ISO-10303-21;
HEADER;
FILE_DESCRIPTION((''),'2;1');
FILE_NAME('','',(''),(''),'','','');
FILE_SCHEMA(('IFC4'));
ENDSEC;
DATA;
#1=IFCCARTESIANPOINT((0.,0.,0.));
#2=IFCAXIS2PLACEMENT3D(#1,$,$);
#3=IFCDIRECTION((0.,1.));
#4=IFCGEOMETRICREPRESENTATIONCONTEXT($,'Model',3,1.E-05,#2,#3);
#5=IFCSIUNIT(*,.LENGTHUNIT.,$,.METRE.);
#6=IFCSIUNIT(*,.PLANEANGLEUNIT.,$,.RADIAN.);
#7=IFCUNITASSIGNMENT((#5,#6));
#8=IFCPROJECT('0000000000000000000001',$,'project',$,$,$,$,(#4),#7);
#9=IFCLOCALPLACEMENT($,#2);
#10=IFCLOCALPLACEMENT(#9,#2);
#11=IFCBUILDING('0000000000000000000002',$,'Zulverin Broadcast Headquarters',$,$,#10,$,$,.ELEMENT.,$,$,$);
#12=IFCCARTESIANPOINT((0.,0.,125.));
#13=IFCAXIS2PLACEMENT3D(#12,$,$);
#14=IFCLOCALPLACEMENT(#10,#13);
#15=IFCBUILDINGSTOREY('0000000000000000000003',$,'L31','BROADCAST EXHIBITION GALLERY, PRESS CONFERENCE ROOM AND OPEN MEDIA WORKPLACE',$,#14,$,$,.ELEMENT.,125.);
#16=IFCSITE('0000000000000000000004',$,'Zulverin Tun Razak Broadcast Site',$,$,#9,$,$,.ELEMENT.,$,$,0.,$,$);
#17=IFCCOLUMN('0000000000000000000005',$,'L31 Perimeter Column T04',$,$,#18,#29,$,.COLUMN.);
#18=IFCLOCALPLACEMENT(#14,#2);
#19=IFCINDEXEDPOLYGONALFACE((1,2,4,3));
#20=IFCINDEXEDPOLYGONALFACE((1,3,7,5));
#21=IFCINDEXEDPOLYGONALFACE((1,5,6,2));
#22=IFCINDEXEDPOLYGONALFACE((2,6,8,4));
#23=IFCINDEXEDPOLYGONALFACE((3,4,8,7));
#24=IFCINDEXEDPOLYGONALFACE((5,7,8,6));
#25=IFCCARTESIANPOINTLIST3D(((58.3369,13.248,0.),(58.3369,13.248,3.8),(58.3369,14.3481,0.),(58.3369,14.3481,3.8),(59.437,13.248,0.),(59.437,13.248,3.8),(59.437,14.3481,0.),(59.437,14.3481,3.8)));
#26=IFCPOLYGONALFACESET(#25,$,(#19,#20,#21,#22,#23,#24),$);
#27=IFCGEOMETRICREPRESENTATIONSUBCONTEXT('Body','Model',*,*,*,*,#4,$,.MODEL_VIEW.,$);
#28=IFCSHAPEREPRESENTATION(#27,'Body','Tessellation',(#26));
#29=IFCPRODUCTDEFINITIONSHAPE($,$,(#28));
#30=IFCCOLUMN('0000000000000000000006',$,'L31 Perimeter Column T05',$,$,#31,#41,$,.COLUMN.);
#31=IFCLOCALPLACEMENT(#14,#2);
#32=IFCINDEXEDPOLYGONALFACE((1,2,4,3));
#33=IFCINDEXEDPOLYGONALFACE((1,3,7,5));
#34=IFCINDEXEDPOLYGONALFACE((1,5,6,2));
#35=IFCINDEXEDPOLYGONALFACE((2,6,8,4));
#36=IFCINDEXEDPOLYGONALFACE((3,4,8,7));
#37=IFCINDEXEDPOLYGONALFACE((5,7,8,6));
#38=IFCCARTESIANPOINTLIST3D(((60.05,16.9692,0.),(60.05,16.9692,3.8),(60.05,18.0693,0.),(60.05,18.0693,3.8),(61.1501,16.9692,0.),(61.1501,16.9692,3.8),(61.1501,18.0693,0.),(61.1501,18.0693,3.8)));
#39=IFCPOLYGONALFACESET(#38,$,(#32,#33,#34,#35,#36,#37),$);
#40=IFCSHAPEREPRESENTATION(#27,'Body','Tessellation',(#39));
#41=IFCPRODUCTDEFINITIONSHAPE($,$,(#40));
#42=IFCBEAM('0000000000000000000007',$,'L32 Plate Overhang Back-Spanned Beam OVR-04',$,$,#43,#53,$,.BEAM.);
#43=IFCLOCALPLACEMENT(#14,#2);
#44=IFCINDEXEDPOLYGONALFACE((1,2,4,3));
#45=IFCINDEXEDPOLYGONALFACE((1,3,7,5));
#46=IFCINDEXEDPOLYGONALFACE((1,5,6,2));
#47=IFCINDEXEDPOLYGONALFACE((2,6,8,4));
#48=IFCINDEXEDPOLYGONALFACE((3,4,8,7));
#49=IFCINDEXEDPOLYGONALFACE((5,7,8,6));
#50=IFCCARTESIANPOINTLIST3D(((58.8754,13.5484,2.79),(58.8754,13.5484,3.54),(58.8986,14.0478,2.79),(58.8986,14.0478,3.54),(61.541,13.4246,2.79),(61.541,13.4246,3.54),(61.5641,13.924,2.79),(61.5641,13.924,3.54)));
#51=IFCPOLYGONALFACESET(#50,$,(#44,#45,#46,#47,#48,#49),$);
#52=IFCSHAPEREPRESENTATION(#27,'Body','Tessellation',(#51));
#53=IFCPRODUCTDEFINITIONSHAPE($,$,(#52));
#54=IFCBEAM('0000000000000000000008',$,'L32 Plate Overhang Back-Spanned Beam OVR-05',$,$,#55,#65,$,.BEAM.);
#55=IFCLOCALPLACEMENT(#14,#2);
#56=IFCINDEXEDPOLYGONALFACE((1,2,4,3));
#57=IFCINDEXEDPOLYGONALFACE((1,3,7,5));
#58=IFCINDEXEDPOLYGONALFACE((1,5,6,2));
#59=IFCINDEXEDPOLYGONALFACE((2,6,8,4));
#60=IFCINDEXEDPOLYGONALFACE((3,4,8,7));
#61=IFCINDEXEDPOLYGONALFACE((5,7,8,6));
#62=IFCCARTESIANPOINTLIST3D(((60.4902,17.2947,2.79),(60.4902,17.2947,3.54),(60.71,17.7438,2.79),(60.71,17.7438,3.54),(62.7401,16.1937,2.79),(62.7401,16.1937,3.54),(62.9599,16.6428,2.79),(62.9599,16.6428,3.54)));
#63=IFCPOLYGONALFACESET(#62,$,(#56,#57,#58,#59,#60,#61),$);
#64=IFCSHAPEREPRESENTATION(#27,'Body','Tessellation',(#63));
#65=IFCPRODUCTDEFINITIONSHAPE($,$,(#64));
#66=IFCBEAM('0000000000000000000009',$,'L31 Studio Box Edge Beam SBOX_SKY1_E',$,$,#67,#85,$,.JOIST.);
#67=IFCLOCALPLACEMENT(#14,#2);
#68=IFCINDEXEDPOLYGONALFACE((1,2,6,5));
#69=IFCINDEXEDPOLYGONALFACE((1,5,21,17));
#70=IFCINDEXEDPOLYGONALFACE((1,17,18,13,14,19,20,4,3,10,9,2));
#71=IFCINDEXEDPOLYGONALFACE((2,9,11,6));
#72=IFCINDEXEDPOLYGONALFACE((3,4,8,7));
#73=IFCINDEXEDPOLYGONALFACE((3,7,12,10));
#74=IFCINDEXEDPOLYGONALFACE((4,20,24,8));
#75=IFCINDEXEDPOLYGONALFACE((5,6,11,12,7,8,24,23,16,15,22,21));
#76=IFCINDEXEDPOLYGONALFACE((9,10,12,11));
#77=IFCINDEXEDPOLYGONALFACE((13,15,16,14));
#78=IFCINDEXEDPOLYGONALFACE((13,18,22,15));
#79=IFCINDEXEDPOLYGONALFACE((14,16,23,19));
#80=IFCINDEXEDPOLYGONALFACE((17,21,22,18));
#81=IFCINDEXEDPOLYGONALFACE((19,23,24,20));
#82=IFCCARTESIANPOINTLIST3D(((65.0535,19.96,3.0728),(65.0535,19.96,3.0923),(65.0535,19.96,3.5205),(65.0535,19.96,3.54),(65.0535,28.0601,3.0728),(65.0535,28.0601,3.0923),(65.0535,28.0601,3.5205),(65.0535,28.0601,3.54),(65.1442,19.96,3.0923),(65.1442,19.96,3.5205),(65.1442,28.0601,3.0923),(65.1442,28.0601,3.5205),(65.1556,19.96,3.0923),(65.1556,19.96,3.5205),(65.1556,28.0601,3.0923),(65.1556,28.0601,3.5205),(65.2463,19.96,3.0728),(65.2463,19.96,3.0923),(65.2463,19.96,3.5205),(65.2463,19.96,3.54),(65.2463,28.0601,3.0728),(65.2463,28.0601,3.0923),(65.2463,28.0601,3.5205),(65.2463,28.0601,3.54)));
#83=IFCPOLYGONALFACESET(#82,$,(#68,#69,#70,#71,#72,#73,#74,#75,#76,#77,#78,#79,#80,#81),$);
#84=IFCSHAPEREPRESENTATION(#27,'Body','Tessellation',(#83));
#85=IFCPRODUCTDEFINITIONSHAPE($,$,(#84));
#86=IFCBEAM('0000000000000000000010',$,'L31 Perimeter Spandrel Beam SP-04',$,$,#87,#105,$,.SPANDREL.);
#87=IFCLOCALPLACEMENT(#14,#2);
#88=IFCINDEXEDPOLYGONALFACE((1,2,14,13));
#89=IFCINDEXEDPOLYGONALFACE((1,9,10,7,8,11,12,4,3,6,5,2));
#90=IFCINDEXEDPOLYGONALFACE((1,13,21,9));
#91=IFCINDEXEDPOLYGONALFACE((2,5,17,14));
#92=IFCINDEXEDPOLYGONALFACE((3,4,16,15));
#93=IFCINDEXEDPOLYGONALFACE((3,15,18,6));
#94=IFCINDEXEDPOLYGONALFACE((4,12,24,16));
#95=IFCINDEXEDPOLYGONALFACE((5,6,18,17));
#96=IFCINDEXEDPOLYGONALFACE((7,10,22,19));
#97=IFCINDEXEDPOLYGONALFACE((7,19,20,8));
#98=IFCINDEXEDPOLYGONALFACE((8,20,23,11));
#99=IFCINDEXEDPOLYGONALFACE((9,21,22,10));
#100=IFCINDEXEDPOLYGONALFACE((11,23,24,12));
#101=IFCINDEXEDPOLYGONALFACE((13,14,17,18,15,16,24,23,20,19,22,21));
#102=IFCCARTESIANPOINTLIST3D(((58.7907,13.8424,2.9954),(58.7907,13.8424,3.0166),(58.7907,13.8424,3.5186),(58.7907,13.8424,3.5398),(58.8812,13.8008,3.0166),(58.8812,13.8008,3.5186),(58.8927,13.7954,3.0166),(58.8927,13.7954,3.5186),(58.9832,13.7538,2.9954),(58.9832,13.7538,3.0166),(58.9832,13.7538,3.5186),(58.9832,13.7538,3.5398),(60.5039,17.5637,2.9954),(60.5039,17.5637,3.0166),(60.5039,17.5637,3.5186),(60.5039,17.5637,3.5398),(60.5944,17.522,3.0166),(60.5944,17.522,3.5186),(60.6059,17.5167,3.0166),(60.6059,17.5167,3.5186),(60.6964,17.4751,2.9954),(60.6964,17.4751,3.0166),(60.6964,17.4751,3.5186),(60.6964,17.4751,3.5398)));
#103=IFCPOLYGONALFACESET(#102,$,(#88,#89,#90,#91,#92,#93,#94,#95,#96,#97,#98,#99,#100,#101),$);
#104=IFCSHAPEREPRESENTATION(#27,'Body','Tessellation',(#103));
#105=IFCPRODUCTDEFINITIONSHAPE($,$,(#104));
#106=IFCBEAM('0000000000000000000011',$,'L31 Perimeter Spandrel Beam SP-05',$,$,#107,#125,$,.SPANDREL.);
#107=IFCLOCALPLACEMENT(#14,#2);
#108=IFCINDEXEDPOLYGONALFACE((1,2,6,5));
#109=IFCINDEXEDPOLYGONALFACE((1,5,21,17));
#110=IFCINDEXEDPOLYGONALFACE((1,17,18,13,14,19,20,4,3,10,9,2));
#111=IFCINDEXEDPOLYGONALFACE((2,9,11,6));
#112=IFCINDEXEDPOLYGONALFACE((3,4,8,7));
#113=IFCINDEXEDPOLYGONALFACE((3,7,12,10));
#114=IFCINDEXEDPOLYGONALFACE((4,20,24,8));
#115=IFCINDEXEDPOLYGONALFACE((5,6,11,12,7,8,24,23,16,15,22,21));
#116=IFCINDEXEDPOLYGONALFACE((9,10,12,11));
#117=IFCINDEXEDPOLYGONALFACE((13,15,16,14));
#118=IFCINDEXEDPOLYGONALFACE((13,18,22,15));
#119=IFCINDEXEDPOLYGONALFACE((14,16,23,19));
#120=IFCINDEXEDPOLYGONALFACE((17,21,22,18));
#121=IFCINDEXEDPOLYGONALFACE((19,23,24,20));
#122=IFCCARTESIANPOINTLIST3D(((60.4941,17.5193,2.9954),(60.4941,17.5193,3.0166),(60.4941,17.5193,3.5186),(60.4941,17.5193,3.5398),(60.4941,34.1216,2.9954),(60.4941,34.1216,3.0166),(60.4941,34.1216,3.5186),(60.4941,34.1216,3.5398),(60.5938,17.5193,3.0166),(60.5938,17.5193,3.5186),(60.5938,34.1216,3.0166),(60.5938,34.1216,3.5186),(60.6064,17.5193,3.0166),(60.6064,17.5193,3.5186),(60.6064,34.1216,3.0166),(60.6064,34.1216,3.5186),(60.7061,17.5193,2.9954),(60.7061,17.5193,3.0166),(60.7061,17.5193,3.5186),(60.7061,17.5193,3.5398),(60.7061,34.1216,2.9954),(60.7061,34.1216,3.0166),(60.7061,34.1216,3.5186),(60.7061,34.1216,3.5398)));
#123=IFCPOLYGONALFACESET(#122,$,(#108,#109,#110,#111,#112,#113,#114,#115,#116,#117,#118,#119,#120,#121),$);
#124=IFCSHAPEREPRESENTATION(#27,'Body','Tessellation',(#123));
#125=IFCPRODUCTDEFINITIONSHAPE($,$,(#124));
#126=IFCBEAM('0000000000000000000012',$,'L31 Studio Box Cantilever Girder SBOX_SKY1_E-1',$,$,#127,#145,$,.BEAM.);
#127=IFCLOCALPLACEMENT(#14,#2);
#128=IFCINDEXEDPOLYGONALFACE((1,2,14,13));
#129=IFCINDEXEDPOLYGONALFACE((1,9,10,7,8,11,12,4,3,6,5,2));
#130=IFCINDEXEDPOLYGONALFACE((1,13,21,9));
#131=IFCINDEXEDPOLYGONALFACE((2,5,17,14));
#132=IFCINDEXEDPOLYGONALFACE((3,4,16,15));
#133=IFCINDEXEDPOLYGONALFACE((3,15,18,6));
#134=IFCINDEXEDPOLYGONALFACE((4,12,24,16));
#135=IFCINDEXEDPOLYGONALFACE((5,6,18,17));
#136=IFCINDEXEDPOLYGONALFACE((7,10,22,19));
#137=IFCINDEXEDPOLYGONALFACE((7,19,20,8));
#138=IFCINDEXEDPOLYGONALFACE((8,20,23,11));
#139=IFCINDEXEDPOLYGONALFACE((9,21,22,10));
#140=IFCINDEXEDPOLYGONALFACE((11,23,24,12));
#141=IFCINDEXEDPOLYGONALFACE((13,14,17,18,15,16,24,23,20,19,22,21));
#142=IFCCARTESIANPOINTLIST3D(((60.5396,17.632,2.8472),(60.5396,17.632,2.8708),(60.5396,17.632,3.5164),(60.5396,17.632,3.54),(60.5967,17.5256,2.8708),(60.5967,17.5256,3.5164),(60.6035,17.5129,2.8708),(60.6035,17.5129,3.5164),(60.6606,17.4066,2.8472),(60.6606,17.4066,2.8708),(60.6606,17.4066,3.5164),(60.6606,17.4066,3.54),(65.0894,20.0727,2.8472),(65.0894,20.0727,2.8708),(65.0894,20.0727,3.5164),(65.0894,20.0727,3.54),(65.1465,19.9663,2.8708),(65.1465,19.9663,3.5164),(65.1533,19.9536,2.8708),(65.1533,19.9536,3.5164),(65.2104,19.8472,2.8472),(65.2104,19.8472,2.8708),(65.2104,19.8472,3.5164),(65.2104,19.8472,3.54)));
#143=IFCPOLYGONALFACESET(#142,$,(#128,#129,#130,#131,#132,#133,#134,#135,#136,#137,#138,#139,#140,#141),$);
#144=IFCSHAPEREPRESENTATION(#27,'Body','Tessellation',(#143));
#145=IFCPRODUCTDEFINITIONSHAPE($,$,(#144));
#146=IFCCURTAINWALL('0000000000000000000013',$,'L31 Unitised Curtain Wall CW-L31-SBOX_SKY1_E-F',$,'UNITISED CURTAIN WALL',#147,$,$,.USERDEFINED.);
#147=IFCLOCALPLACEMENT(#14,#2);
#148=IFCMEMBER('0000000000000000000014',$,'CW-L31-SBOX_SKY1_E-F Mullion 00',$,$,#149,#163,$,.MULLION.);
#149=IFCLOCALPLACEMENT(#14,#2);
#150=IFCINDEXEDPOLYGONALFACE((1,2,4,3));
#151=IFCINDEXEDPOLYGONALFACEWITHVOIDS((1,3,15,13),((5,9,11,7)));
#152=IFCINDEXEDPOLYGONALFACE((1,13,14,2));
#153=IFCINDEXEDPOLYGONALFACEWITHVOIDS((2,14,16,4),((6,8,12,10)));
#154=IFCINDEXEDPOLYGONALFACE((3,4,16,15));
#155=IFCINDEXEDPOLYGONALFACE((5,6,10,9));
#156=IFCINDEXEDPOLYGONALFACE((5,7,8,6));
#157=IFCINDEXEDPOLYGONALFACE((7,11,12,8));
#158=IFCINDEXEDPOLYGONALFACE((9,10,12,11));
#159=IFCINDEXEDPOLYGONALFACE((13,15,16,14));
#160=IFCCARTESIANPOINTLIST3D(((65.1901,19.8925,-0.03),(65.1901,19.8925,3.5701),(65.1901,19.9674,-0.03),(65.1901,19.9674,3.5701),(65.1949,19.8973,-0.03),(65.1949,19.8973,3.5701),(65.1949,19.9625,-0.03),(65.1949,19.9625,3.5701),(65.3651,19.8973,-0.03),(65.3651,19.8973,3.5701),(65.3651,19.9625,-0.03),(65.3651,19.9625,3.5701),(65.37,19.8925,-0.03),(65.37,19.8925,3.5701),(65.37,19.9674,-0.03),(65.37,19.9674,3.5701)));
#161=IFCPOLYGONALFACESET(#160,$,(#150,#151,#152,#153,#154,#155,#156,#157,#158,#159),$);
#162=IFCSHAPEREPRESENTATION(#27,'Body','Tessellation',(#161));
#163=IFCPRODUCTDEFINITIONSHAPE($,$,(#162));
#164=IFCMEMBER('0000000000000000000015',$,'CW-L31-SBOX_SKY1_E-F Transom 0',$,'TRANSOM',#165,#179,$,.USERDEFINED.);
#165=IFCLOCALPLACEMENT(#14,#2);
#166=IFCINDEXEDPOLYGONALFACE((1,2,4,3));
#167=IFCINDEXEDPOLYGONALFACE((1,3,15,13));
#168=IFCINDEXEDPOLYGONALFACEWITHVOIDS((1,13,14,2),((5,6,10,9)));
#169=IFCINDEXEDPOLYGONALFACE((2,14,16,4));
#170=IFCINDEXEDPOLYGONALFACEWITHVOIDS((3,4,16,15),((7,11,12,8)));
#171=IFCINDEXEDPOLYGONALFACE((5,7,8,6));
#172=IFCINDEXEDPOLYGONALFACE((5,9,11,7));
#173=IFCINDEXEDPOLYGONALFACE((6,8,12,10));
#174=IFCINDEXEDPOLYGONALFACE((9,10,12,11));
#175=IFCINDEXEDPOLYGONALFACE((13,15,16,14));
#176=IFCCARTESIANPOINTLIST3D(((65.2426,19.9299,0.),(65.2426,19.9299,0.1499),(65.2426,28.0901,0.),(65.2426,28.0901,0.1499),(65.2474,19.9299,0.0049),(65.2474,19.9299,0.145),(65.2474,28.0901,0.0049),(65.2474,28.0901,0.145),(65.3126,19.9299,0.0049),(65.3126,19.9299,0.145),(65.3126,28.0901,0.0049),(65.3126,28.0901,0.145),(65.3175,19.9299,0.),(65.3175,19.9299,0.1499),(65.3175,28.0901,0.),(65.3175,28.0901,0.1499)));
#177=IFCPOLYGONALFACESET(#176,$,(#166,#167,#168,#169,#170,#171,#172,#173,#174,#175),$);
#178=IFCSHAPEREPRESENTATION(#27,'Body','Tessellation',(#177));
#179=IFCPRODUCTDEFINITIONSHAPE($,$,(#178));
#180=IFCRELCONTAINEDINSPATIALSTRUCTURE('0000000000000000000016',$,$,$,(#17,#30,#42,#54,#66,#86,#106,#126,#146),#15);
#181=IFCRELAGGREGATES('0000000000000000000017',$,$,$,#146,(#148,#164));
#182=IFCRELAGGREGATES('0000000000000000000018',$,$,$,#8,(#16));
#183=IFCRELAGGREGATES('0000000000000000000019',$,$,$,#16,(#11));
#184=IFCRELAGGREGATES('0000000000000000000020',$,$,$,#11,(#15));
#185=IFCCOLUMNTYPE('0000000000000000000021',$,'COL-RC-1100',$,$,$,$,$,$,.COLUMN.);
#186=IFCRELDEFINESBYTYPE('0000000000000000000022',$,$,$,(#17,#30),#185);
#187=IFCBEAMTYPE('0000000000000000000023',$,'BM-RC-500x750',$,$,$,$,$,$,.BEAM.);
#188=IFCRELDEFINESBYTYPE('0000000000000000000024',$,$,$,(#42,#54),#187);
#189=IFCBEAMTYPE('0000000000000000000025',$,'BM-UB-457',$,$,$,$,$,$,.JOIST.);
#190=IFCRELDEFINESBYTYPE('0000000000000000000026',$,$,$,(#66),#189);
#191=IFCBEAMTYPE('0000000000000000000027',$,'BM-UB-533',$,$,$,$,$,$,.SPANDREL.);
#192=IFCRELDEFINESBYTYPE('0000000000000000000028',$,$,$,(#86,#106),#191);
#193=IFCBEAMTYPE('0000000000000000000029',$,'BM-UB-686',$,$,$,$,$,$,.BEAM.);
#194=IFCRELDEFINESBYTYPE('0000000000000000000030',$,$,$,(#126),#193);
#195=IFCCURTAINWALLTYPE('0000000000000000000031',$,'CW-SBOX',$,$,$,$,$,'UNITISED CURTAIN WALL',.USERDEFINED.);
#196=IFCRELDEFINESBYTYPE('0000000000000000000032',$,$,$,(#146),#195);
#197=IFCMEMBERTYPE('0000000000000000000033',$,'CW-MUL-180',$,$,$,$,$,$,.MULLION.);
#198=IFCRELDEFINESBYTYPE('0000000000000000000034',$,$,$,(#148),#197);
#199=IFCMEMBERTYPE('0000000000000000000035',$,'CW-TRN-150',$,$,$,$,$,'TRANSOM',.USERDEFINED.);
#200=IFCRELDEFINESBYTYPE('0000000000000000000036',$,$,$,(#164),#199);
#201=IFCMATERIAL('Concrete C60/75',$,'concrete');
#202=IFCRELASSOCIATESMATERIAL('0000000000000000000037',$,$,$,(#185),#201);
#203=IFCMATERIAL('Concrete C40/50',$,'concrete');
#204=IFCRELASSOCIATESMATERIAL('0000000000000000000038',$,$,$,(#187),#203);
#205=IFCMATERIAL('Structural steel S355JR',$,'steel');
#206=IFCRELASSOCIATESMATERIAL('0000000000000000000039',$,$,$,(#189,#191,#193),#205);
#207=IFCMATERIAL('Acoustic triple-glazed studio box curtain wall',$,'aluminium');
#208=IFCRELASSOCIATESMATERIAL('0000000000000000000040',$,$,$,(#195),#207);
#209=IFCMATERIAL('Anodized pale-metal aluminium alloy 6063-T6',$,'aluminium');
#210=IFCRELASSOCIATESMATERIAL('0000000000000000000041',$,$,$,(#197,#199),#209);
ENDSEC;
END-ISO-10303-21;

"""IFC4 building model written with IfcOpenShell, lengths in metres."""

from ifc_helpers import new_model, si_unit, direction, frame, origin, origin_2d, place, context, subcontext, project, spatial, rectangle, hollow_rectangle, i_section, extrude, material, material_profile, profile_set, type_object, element, aggregate, save


model = new_model("IFC4")

# Units and contexts
model_context = context("Model", 3, precision=1e-05, world=origin(), true_north=direction((0.0, 1.0)))
body_context = subcontext(model_context, "Body", "Model", "MODEL_VIEW")
ifc_project = project(units=[si_unit("LENGTHUNIT", "METRE"), si_unit("PLANEANGLEUNIT", "RADIAN")], contexts=[model_context])

# Site, building, storey
site_placement = place(None, origin())
site = spatial("IfcSite", under=ifc_project, at=site_placement, Name="Zulverin Tun Razak Broadcast Site", CompositionType="ELEMENT", RefElevation=0.0)
building_placement = place(site_placement, origin())
building = spatial("IfcBuilding", under=site, at=building_placement, Name="Zulverin Broadcast Headquarters", CompositionType="ELEMENT")
storey_placement = place(building_placement, frame((0.0, 0.0, 125.0)))
storey = spatial("IfcBuildingStorey", under=building, at=storey_placement, Name="L31", Description="BROADCAST EXHIBITION GALLERY, PRESS CONFERENCE ROOM AND OPEN MEDIA WORKPLACE", CompositionType="ELEMENT", Elevation=125.0)

# Columns
ifc_material_1 = material(Name="Concrete C60/75", Category="concrete")
ifc_material_profile_1 = material_profile(ifc_material_1, rectangle(XDim=1.1001, YDim=1.1001, at=origin_2d()), Name="Concrete C60/75", Category="concrete")
ifc_profile_set_1 = profile_set([ifc_material_profile_1], Name="Concrete C60/75")
column_type = type_object("IfcColumnType", Name="COL-RC-1100", PredefinedType="COLUMN", material=ifc_profile_set_1)
for number, where, z_axis, x_axis, name in (
    (1, (58.887, 13.7981, 0.0), (0.0, 0.0, 1.0), (1.0, 0.0, 0.0), "L31 Perimeter Column T04"),
    (2, (60.6001, 17.5193, 0.0), (0.0, 0.0, 1.0), (1.0, 0.0, 0.0), "L31 Perimeter Column T05"),
):
    element("IfcColumn", number, at=place(storey_placement, frame(where, z_axis=z_axis, x_axis=x_axis)), inside=storey, type_object=column_type, Name=name, PredefinedType="COLUMN", context=body_context, shape_type="SweptSolid", body=[
        extrude(rectangle(XDim=1.1001, YDim=1.1001, at=origin_2d()), origin(), (0.0, 0.0, 1.0), 3.8),
    ])

# Beams
ifc_material_2 = material(Name="Concrete C40/50", Category="concrete")
ifc_material_profile_2 = material_profile(ifc_material_2, rectangle(XDim=0.5, YDim=0.75, at=origin_2d()), Name="Concrete C40/50", Category="concrete")
ifc_profile_set_2 = profile_set([ifc_material_profile_2], Name="Concrete C40/50")
beam_type_1 = type_object("IfcBeamType", Name="BM-RC-500x750", PredefinedType="BEAM", material=ifc_profile_set_2)
beam_1_placement = place(storey_placement, frame((58.887, 13.7981, 3.165), z_axis=(0.998924, -0.046387, 0.0), x_axis=(0.046387, 0.998924, 0.0)))
element("IfcBeam", 3, at=beam_1_placement, inside=storey, type_object=beam_type_1, Name="L32 Plate Overhang Back-Spanned Beam OVR-04", PredefinedType="BEAM", context=body_context, shape_type="SweptSolid", body=[
    extrude(rectangle(XDim=0.5, YDim=0.75, at=origin_2d()), origin(), (0.0, 0.0, 1.0), 2.6685),
])
beam_2_placement = place(storey_placement, frame((60.6001, 17.5193, 3.165), z_axis=(0.898215, -0.439556, 0.0), x_axis=(0.439556, 0.898215, 0.0)))
element("IfcBeam", 4, at=beam_2_placement, inside=storey, type_object=beam_type_1, Name="L32 Plate Overhang Back-Spanned Beam OVR-05", PredefinedType="BEAM", context=body_context, shape_type="SweptSolid", body=[
    extrude(rectangle(XDim=0.5, YDim=0.75, at=origin_2d()), origin(), (0.0, 0.0, 1.0), 2.5049),
])
ifc_material_3 = material(Name="Structural steel S355JR", Category="steel")
ifc_material_profile_3 = material_profile(ifc_material_3, i_section(OverallWidth=0.1929, OverallDepth=0.4673, WebThickness=0.0115, FlangeThickness=0.0195, at=origin_2d()), Name="Structural steel S355JR", Category="steel")
ifc_profile_set_3 = profile_set([ifc_material_profile_3], Name="Structural steel S355JR")
beam_type_2 = type_object("IfcBeamType", Name="BM-UB-457", PredefinedType="JOIST", material=ifc_profile_set_3)
beam_3_placement = place(storey_placement, frame((65.1499, 19.96, 3.3064), z_axis=(0.0, 1.0, 0.0), x_axis=(-1.0, 0.0, 0.0)))
element("IfcBeam", 5, at=beam_3_placement, inside=storey, type_object=beam_type_2, Name="L31 Studio Box Edge Beam SBOX_SKY1_E", PredefinedType="JOIST", context=body_context, shape_type="SweptSolid", body=[
    extrude(i_section(OverallWidth=0.1929, OverallDepth=0.4673, WebThickness=0.0115, FlangeThickness=0.0195, at=origin_2d()), origin(), (0.0, 0.0, 1.0), 8.1001),
])
ifc_material_profile_4 = material_profile(ifc_material_3, i_section(OverallWidth=0.2119, OverallDepth=0.5444, WebThickness=0.0127, FlangeThickness=0.0212, at=origin_2d()), Name="Structural steel S355JR", Category="steel")
ifc_profile_set_4 = profile_set([ifc_material_profile_4], Name="Structural steel S355JR")
beam_type_3 = type_object("IfcBeamType", Name="BM-UB-533", PredefinedType="SPANDREL", material=ifc_profile_set_4)
beam_4_placement = place(storey_placement, frame((58.887, 13.7981, 3.2676), z_axis=(0.418185, 0.908362, 0.0), x_axis=(-0.908362, 0.418185, 0.0)))
element("IfcBeam", 6, at=beam_4_placement, inside=storey, type_object=beam_type_3, Name="L31 Perimeter Spandrel Beam SP-04", PredefinedType="SPANDREL", context=body_context, shape_type="SweptSolid", body=[
    extrude(i_section(OverallWidth=0.2119, OverallDepth=0.5444, WebThickness=0.0127, FlangeThickness=0.0212, at=origin_2d()), origin(), (0.0, 0.0, 1.0), 4.0967),
])
beam_5_placement = place(storey_placement, frame((60.6001, 17.5193, 3.2676), z_axis=(0.0, 1.0, 0.0), x_axis=(-1.0, 0.0, 0.0)))
element("IfcBeam", 7, at=beam_5_placement, inside=storey, type_object=beam_type_3, Name="L31 Perimeter Spandrel Beam SP-05", PredefinedType="SPANDREL", context=body_context, shape_type="SweptSolid", body=[
    extrude(i_section(OverallWidth=0.2119, OverallDepth=0.5444, WebThickness=0.0127, FlangeThickness=0.0212, at=origin_2d()), origin(), (0.0, 0.0, 1.0), 16.6023),
])
ifc_material_profile_5 = material_profile(ifc_material_3, i_section(OverallWidth=0.2559, OverallDepth=0.6929, WebThickness=0.0144, FlangeThickness=0.0237, at=origin_2d()), Name="Structural steel S355JR", Category="steel")
ifc_profile_set_5 = profile_set([ifc_material_profile_5], Name="Structural steel S355JR")
beam_type_4 = type_object("IfcBeamType", Name="BM-UB-686", PredefinedType="BEAM", material=ifc_profile_set_5)
beam_6_placement = place(storey_placement, frame((60.6001, 17.5193, 3.1936), z_axis=(0.881216, 0.472715, 0.0), x_axis=(-0.472715, 0.881216, 0.0)))
element("IfcBeam", 8, at=beam_6_placement, inside=storey, type_object=beam_type_4, Name="L31 Studio Box Cantilever Girder SBOX_SKY1_E-1", PredefinedType="BEAM", context=body_context, shape_type="SweptSolid", body=[
    extrude(i_section(OverallWidth=0.2559, OverallDepth=0.6929, WebThickness=0.0144, FlangeThickness=0.0237, at=origin_2d()), origin(), (0.0, 0.0, 1.0), 5.1631),
])

# Curtain wall, members
ifc_material_4 = material(Name="Acoustic triple-glazed studio box curtain wall", Category="aluminium")
curtain_wall_type = type_object("IfcCurtainWallType", Name="CW-SBOX", ElementType="UNITISED CURTAIN WALL", PredefinedType="USERDEFINED", material=ifc_material_4)
curtain_wall_placement = place(storey_placement, origin())
curtain_wall = element("IfcCurtainWall", 9, at=curtain_wall_placement, inside=storey, type_object=curtain_wall_type, Name="L31 Unitised Curtain Wall CW-L31-SBOX_SKY1_E-F", ObjectType="UNITISED CURTAIN WALL", PredefinedType="USERDEFINED")
ifc_material_5 = material(Name="Anodized pale-metal aluminium alloy 6063-T6", Category="aluminium")
ifc_material_profile_6 = material_profile(ifc_material_5, hollow_rectangle(XDim=0.075, YDim=0.1799, WallThickness=0.0049, at=origin_2d()), Name="Anodized pale-metal aluminium alloy 6063-T6", Category="aluminium")
ifc_profile_set_6 = profile_set([ifc_material_profile_6], Name="Anodized pale-metal aluminium alloy 6063-T6")
member_type_1 = type_object("IfcMemberType", Name="CW-MUL-180", PredefinedType="MULLION", material=ifc_profile_set_6)
member_1_placement = place(storey_placement, frame((65.28, 19.9299, -0.03), z_axis=(0.0, 0.0, 1.0), x_axis=(0.0, 1.0, 0.0)))
member_1 = element("IfcMember", 10, at=member_1_placement, type_object=member_type_1, Name="CW-L31-SBOX_SKY1_E-F Mullion 00", PredefinedType="MULLION", context=body_context, shape_type="SweptSolid", body=[
    extrude(hollow_rectangle(XDim=0.075, YDim=0.1799, WallThickness=0.0049, at=origin_2d()), origin(), (0.0, 0.0, 1.0), 3.6001),
])
ifc_material_profile_7 = material_profile(ifc_material_5, hollow_rectangle(XDim=0.075, YDim=0.1499, WallThickness=0.0049, at=origin_2d()), Name="Anodized pale-metal aluminium alloy 6063-T6", Category="aluminium")
ifc_profile_set_7 = profile_set([ifc_material_profile_7], Name="Anodized pale-metal aluminium alloy 6063-T6")
member_type_2 = type_object("IfcMemberType", Name="CW-TRN-150", ElementType="TRANSOM", PredefinedType="USERDEFINED", material=ifc_profile_set_7)
member_2_placement = place(storey_placement, frame((65.28, 19.9299, 0.075), z_axis=(0.0, 1.0, 0.0), x_axis=(-1.0, 0.0, 0.0)))
member_2 = element("IfcMember", 11, at=member_2_placement, type_object=member_type_2, Name="CW-L31-SBOX_SKY1_E-F Transom 0", ObjectType="TRANSOM", PredefinedType="USERDEFINED", context=body_context, shape_type="SweptSolid", body=[
    extrude(hollow_rectangle(XDim=0.075, YDim=0.1499, WallThickness=0.0049, at=origin_2d()), origin(), (0.0, 0.0, 1.0), 8.1602),
])
aggregate(curtain_wall, [member_1, member_2])

save(model, "model.ifc")
